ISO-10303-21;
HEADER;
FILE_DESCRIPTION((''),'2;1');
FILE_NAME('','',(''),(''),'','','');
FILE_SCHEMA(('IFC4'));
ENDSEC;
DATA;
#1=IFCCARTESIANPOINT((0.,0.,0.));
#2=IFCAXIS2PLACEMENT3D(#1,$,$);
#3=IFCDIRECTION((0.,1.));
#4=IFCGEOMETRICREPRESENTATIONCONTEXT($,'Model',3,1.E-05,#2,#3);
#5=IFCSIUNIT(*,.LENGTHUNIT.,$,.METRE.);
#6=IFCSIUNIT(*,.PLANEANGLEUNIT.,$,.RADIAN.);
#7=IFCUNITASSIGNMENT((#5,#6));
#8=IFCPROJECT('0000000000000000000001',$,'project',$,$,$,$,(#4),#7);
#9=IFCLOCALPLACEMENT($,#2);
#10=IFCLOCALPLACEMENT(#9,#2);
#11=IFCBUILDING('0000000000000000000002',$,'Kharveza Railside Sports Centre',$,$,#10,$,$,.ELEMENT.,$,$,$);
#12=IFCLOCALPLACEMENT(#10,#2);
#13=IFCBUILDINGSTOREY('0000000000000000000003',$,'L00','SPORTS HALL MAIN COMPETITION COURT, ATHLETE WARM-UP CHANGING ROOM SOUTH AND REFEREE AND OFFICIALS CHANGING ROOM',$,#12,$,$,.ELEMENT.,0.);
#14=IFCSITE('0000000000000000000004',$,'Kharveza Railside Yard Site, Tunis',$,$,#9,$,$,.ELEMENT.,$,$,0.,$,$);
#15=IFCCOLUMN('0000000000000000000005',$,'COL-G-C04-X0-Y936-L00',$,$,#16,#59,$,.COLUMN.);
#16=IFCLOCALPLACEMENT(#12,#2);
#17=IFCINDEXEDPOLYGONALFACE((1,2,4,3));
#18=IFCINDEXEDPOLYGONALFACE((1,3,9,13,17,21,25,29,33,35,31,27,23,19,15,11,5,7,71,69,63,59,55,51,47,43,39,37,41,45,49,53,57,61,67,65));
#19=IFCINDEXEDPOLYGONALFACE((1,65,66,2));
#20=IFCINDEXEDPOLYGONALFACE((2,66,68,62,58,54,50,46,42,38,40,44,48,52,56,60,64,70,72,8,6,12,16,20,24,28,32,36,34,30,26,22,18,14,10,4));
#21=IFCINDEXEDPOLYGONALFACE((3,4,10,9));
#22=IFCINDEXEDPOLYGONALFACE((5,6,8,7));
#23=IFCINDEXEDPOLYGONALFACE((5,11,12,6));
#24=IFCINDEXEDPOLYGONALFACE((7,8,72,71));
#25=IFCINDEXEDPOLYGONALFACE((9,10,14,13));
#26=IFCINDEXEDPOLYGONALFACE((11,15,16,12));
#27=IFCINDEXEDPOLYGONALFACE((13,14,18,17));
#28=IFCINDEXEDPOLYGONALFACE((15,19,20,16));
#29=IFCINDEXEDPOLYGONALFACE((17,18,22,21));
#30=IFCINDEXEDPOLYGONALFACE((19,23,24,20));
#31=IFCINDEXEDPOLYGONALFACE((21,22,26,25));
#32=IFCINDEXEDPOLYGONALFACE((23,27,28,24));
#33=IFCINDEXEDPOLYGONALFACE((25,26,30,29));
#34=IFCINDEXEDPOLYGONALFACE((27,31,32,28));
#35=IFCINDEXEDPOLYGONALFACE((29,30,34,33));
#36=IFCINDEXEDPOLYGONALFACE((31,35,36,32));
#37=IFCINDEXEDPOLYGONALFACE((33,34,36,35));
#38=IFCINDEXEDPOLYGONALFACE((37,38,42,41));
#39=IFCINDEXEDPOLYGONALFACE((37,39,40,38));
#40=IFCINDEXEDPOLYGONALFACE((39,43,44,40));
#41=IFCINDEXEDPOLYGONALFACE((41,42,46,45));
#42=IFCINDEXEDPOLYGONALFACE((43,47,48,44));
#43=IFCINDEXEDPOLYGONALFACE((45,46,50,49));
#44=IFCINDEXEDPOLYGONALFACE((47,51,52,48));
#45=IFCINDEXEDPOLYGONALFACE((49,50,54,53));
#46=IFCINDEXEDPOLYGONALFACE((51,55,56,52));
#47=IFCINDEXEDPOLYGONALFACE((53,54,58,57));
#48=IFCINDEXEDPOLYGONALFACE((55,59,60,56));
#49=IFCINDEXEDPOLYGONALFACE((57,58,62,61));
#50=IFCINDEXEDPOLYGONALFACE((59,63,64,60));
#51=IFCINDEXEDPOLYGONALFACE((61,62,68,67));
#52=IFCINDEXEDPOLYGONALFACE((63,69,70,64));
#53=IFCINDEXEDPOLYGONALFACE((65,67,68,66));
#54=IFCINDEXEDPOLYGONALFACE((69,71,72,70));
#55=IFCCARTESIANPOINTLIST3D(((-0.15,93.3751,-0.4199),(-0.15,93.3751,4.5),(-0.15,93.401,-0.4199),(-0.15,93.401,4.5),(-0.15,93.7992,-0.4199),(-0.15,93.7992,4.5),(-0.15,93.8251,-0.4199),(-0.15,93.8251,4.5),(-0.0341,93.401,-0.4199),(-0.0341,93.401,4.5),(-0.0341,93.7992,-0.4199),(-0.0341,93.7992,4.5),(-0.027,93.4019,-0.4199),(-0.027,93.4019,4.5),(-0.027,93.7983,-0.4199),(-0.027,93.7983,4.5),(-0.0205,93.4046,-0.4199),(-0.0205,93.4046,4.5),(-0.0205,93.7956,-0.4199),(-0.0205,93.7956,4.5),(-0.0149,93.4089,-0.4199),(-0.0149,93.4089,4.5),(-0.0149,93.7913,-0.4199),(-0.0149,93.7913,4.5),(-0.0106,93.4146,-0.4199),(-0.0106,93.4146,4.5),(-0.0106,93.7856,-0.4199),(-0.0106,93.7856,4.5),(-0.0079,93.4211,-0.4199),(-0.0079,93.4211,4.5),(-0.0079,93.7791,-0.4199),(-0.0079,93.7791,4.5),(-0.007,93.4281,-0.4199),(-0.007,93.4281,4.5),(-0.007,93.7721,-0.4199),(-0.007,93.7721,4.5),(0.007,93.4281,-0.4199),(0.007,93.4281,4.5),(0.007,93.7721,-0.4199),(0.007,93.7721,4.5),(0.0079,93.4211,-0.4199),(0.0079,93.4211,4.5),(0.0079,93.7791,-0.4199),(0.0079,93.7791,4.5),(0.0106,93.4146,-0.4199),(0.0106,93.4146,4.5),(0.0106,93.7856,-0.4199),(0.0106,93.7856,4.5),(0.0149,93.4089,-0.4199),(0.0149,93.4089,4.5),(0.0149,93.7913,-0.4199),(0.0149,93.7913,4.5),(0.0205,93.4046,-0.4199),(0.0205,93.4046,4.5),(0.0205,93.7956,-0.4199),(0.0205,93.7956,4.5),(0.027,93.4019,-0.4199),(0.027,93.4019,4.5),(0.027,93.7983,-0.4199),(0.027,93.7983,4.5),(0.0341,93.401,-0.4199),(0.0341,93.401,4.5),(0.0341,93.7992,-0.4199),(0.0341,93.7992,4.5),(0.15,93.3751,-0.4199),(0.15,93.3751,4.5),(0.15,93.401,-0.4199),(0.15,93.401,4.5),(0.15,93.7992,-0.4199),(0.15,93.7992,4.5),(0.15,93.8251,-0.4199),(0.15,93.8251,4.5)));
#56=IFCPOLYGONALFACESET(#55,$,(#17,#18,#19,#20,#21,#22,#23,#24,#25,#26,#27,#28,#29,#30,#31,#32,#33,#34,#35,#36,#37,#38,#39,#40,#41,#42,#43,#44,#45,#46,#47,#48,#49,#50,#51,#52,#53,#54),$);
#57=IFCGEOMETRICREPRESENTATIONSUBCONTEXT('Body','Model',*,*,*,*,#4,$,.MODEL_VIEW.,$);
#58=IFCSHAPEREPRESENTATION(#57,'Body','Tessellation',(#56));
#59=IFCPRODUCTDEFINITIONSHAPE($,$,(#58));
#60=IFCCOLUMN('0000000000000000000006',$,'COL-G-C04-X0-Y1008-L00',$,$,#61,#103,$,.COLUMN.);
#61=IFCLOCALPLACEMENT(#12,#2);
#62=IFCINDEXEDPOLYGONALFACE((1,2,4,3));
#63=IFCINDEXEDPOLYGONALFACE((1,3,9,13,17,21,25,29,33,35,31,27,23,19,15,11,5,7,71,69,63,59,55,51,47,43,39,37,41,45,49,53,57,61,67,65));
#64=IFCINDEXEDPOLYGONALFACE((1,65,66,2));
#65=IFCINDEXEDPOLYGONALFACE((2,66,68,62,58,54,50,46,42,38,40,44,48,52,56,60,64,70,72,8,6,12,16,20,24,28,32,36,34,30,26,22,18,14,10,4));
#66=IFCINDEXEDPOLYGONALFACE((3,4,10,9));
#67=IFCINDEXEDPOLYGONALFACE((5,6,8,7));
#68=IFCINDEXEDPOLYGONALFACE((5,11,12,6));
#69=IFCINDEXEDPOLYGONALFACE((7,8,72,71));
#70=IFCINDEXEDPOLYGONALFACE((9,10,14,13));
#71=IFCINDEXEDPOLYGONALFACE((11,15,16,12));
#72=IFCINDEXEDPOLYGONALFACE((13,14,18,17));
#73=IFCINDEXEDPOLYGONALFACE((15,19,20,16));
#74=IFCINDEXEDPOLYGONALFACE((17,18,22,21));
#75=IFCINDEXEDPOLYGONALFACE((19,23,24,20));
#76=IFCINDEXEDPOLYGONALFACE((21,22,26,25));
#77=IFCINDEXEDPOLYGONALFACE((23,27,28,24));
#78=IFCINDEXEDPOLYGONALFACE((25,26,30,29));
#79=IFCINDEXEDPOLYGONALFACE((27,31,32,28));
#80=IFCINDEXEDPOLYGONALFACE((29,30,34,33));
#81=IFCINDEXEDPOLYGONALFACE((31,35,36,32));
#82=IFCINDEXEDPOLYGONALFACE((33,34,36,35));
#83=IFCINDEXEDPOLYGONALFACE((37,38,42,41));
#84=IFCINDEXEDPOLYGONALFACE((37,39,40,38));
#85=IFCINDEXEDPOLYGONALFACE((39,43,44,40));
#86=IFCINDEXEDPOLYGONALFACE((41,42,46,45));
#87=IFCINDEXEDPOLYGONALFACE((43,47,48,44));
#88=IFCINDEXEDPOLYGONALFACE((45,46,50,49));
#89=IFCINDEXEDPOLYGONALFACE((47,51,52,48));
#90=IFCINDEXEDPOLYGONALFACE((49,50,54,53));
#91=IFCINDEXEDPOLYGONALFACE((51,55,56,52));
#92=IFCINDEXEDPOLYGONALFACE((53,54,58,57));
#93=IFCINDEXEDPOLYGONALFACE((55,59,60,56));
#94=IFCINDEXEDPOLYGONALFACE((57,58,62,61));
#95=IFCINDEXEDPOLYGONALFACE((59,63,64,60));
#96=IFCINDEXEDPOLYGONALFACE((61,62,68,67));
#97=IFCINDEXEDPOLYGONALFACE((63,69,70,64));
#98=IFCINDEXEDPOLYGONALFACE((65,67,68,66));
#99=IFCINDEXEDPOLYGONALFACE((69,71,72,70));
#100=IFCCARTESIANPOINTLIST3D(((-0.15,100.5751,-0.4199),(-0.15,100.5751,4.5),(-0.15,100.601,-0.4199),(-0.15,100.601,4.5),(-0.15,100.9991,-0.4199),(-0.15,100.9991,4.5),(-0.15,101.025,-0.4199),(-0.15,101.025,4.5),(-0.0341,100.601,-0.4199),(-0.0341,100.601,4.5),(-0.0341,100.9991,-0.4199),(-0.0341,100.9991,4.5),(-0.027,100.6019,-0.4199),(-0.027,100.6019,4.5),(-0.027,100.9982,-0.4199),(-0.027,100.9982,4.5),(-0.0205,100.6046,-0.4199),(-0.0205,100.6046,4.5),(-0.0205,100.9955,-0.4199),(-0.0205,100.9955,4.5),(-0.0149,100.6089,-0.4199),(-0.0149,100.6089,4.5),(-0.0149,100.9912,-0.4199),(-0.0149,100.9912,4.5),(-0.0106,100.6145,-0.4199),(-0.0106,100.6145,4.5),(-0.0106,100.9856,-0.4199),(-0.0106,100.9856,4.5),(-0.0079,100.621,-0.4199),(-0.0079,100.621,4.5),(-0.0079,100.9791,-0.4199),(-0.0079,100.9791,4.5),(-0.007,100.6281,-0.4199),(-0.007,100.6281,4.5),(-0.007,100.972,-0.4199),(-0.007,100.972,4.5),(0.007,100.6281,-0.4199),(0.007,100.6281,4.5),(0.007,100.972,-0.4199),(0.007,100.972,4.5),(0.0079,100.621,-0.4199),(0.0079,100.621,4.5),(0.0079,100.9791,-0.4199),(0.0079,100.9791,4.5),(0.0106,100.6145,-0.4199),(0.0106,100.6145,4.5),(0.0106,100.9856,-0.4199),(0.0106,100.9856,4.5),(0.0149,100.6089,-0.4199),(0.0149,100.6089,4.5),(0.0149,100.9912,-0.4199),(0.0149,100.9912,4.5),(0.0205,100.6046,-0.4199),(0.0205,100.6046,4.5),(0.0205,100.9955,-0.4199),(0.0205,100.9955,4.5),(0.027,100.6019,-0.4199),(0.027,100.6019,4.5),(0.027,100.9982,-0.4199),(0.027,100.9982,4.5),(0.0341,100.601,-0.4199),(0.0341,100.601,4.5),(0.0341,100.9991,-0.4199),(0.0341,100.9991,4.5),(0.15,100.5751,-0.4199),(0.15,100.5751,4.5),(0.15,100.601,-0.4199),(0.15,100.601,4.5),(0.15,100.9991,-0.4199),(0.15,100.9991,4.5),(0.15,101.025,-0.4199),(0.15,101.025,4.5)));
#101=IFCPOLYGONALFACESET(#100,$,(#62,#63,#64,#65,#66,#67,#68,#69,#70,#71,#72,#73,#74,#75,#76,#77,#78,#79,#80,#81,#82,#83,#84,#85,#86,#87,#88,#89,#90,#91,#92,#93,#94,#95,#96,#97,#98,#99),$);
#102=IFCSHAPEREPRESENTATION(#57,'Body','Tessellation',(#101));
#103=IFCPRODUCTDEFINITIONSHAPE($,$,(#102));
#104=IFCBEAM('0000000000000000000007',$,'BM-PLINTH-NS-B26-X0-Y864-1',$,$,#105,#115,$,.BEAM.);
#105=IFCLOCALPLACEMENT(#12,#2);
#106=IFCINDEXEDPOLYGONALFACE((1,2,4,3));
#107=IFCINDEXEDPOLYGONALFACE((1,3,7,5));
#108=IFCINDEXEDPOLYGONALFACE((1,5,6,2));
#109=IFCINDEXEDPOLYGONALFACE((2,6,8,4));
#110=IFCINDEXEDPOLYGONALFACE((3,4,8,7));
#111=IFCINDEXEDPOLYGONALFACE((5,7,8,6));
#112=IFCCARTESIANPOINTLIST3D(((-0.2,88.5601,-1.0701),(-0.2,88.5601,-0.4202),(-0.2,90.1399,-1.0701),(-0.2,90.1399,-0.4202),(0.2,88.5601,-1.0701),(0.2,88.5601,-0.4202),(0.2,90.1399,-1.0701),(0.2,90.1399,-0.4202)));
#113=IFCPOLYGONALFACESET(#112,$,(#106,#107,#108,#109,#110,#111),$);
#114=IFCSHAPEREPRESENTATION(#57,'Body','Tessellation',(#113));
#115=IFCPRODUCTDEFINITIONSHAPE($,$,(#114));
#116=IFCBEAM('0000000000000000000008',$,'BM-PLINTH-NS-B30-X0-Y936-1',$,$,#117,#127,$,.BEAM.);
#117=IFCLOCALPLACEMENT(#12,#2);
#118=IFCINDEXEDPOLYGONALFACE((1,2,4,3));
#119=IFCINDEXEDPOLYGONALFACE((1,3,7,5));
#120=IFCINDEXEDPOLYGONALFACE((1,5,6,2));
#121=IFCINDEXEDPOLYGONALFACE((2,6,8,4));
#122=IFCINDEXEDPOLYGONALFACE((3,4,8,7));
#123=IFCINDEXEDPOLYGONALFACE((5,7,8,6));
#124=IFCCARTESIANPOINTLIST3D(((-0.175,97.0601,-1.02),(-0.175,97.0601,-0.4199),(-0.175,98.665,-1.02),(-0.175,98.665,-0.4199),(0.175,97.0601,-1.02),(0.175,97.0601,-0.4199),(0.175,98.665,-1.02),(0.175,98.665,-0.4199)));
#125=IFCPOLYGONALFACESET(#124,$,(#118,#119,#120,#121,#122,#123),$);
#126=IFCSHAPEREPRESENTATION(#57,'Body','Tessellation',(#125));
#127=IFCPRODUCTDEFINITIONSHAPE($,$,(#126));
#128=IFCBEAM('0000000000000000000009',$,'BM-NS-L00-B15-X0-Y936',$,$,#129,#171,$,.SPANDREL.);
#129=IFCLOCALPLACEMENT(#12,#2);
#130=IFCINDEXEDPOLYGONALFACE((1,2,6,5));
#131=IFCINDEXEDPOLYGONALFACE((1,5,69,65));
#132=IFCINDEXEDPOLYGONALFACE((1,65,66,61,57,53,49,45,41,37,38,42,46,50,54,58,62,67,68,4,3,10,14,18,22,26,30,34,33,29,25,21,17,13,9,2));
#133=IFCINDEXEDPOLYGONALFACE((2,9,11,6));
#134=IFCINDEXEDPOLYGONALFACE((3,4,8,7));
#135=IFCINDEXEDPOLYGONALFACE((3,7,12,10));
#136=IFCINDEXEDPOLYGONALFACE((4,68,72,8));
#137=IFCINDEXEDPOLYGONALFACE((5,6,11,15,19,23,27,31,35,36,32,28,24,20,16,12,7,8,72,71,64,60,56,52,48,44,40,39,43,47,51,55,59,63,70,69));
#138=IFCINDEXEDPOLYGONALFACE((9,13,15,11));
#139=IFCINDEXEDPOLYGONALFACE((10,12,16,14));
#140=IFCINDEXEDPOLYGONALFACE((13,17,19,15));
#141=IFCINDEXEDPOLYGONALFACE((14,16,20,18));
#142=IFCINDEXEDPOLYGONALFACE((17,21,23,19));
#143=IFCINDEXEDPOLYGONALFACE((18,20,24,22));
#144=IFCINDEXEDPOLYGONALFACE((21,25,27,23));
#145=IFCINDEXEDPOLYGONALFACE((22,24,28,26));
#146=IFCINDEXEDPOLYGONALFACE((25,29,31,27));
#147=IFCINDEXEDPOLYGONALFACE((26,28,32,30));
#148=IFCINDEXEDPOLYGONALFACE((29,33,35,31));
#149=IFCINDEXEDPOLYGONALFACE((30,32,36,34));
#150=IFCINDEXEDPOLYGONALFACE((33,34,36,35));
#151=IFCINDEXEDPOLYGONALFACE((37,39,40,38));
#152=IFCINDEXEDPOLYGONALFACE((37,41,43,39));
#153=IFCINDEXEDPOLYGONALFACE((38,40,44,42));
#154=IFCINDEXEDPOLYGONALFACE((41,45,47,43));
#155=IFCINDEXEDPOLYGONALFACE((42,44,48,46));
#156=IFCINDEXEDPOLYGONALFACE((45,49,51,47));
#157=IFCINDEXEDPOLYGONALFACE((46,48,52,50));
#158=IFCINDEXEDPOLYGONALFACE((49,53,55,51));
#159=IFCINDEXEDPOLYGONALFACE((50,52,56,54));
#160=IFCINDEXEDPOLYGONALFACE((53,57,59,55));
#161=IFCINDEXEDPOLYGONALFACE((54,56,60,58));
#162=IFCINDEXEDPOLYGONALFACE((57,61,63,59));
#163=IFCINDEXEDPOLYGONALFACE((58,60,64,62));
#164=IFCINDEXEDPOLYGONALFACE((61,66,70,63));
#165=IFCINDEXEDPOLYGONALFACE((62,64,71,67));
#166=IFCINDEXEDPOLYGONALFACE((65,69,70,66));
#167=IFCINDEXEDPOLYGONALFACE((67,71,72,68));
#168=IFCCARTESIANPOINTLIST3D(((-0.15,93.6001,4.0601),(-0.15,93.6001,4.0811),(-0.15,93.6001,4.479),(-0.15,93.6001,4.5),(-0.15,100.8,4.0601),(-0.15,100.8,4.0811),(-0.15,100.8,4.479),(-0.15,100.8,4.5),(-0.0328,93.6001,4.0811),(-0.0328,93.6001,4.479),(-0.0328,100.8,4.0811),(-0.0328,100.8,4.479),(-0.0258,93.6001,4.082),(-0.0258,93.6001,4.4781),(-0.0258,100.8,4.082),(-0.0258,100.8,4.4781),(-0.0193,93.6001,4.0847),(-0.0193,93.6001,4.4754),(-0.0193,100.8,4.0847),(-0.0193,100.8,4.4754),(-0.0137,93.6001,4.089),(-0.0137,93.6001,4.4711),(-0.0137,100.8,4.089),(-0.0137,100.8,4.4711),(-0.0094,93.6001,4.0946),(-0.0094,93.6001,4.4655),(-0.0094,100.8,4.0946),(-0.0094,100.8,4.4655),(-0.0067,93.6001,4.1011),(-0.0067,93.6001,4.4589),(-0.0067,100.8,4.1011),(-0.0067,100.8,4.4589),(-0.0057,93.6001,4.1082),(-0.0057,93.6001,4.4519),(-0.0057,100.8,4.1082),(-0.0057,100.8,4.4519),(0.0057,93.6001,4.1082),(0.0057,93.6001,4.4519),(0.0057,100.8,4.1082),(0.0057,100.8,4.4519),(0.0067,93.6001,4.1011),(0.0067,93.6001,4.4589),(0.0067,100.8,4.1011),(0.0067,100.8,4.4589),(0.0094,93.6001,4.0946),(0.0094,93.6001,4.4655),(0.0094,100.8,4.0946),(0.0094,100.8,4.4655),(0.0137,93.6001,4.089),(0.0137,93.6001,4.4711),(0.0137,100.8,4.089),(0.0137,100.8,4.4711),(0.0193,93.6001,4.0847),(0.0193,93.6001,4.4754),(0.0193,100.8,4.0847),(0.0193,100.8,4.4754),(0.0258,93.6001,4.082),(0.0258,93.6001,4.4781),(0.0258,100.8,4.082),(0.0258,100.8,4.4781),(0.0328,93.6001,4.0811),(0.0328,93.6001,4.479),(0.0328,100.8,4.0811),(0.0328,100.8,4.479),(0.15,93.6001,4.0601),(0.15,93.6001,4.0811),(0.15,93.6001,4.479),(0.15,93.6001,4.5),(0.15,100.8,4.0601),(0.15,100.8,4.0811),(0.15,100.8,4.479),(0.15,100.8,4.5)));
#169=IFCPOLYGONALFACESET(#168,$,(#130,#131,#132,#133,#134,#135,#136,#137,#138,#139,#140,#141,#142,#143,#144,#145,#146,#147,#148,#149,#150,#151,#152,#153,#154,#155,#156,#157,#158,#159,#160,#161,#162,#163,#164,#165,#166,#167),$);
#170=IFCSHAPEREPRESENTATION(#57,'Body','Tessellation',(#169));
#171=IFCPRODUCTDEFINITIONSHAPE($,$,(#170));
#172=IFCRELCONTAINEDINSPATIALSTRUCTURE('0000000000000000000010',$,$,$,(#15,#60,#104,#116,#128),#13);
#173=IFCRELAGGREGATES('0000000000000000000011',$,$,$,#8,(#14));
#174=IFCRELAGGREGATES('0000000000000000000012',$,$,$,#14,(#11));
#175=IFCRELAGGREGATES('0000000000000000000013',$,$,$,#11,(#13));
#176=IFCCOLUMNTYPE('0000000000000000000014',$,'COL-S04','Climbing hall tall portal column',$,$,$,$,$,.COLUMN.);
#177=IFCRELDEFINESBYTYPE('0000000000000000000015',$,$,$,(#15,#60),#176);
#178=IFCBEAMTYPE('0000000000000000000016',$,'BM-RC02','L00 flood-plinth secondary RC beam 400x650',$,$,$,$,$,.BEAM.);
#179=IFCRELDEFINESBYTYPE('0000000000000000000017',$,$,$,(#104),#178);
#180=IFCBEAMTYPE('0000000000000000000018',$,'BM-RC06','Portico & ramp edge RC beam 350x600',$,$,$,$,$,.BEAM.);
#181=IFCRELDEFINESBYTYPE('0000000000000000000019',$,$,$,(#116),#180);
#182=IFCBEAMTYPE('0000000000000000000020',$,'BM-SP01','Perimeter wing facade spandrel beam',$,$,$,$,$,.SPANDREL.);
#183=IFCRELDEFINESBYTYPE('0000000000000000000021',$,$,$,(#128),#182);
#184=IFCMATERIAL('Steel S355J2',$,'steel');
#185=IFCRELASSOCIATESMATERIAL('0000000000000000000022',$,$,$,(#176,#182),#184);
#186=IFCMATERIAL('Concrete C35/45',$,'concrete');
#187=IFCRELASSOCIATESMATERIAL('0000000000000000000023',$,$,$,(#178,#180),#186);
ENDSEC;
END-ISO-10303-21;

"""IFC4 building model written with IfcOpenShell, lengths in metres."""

from ifc_helpers import new_model, si_unit, direction, frame, origin, origin_2d, place, context, subcontext, project, spatial, rectangle, i_section, extrude, material, material_profile, profile_set, type_object, element, save


model = new_model("IFC4")

# Units and contexts
model_context = context("Model", 3, precision=1e-05, world=origin(), true_north=direction((0.0, 1.0)))
body_context = subcontext(model_context, "Body", "Model", "MODEL_VIEW")
ifc_project = project(units=[si_unit("LENGTHUNIT", "METRE"), si_unit("PLANEANGLEUNIT", "RADIAN")], contexts=[model_context])

# Site, building, storey
site_placement = place(None, origin())
site = spatial("IfcSite", under=ifc_project, at=site_placement, Name="Kharveza Railside Yard Site, Tunis", CompositionType="ELEMENT", RefElevation=0.0)
building_placement = place(site_placement, origin())
building = spatial("IfcBuilding", under=site, at=building_placement, Name="Kharveza Railside Sports Centre", CompositionType="ELEMENT")
storey_placement = place(building_placement, origin())
storey = spatial("IfcBuildingStorey", under=building, at=storey_placement, Name="L00", Description="SPORTS HALL MAIN COMPETITION COURT, ATHLETE WARM-UP CHANGING ROOM SOUTH AND REFEREE AND OFFICIALS CHANGING ROOM", CompositionType="ELEMENT", Elevation=0.0)

# Shared definitions
ifc_material_1 = material(Name="Concrete C35/45", Category="concrete")

# Columns
ifc_material_2 = material(Name="Steel S355J2", Category="steel")
ifc_material_profile_1 = material_profile(ifc_material_2, i_section(OverallWidth=0.3, OverallDepth=0.45, WebThickness=0.0139, FlangeThickness=0.0259, FilletRadius=0.0271, at=origin_2d()), Name="HEB 450")
ifc_profile_set_1 = profile_set([ifc_material_profile_1], Name="Steel S355J2")
column_type_1 = type_object("IfcColumnType", Name="COL-S04", Description="Climbing hall tall portal column", PredefinedType="COLUMN", material=ifc_profile_set_1)
for number, where, z_axis, x_axis, name in (
    (1, (0.0, 93.6001, -0.4199), (0.0, 0.0, 1.0), (1.0, 0.0, 0.0), "COL-G-C04-X0-Y936-L00"),
    (2, (0.0, 100.8, -0.4199), (0.0, 0.0, 1.0), (1.0, 0.0, 0.0), "COL-G-C04-X0-Y1008-L00"),
):
    element("IfcColumn", number, at=place(storey_placement, frame(where, z_axis=z_axis, x_axis=x_axis)), inside=storey, type_object=column_type_1, Name=name, PredefinedType="COLUMN", context=body_context, shape_type="SweptSolid", body=[
        extrude(i_section(OverallWidth=0.3, OverallDepth=0.45, WebThickness=0.0139, FlangeThickness=0.0259, FilletRadius=0.0271, at=origin_2d()), origin(), (0.0, 0.0, 1.0), 4.9199),
    ])

# Beams
ifc_material_profile_2 = material_profile(ifc_material_1, rectangle(XDim=0.3999, YDim=0.6499, at=origin_2d()), Name="RCB 400x650")
ifc_profile_set_2 = profile_set([ifc_material_profile_2], Name="Concrete C35/45")
beam_type_1 = type_object("IfcBeamType", Name="BM-RC02", Description="L00 flood-plinth secondary RC beam 400x650", PredefinedType="BEAM", material=ifc_profile_set_2)
beam_1_placement = place(storey_placement, frame((0.0, 88.5601, -0.7451), z_axis=(0.0, 1.0, 0.0), x_axis=(-1.0, 0.0, 0.0)))
element("IfcBeam", 3, at=beam_1_placement, inside=storey, type_object=beam_type_1, Name="BM-PLINTH-NS-B26-X0-Y864-1", PredefinedType="BEAM", context=body_context, shape_type="SweptSolid", body=[
    extrude(rectangle(XDim=0.3999, YDim=0.6499, at=origin_2d()), origin(), (0.0, 0.0, 1.0), 1.5798),
])
ifc_material_profile_3 = material_profile(ifc_material_1, rectangle(XDim=0.3501, YDim=0.6001, at=origin_2d()), Name="RCB 350x600")
ifc_profile_set_3 = profile_set([ifc_material_profile_3], Name="Concrete C35/45")
beam_type_2 = type_object("IfcBeamType", Name="BM-RC06", Description="Portico & ramp edge RC beam 350x600", PredefinedType="BEAM", material=ifc_profile_set_3)
beam_2_placement = place(storey_placement, frame((0.0, 97.0601, -0.72), z_axis=(0.0, 1.0, 0.0), x_axis=(-1.0, 0.0, 0.0)))
element("IfcBeam", 4, at=beam_2_placement, inside=storey, type_object=beam_type_2, Name="BM-PLINTH-NS-B30-X0-Y936-1", PredefinedType="BEAM", context=body_context, shape_type="SweptSolid", body=[
    extrude(rectangle(XDim=0.3501, YDim=0.6001, at=origin_2d()), origin(), (0.0, 0.0, 1.0), 1.605),
])
ifc_material_profile_4 = material_profile(ifc_material_2, i_section(OverallWidth=0.3, OverallDepth=0.4399, WebThickness=0.0115, FlangeThickness=0.021, FilletRadius=0.0271, at=origin_2d()), Name="HEA 450")
ifc_profile_set_4 = profile_set([ifc_material_profile_4], Name="Steel S355J2")
beam_type_3 = type_object("IfcBeamType", Name="BM-SP01", Description="Perimeter wing facade spandrel beam", PredefinedType="SPANDREL", material=ifc_profile_set_4)
for number, where, z_axis, x_axis, name in (
    (5, (0.0, 93.6001, 4.28), (0.0, 1.0, 0.0), (-1.0, 0.0, 0.0), "BM-NS-L00-B15-X0-Y936"),
):
    element("IfcBeam", number, at=place(storey_placement, frame(where, z_axis=z_axis, x_axis=x_axis)), inside=storey, type_object=beam_type_3, Name=name, PredefinedType="SPANDREL", context=body_context, shape_type="SweptSolid", body=[
        extrude(i_section(OverallWidth=0.3, OverallDepth=0.4399, WebThickness=0.0115, FlangeThickness=0.021, FilletRadius=0.0271, at=origin_2d()), origin(), (0.0, 0.0, 1.0), 7.2),
    ])

save(model, "model.ifc")
